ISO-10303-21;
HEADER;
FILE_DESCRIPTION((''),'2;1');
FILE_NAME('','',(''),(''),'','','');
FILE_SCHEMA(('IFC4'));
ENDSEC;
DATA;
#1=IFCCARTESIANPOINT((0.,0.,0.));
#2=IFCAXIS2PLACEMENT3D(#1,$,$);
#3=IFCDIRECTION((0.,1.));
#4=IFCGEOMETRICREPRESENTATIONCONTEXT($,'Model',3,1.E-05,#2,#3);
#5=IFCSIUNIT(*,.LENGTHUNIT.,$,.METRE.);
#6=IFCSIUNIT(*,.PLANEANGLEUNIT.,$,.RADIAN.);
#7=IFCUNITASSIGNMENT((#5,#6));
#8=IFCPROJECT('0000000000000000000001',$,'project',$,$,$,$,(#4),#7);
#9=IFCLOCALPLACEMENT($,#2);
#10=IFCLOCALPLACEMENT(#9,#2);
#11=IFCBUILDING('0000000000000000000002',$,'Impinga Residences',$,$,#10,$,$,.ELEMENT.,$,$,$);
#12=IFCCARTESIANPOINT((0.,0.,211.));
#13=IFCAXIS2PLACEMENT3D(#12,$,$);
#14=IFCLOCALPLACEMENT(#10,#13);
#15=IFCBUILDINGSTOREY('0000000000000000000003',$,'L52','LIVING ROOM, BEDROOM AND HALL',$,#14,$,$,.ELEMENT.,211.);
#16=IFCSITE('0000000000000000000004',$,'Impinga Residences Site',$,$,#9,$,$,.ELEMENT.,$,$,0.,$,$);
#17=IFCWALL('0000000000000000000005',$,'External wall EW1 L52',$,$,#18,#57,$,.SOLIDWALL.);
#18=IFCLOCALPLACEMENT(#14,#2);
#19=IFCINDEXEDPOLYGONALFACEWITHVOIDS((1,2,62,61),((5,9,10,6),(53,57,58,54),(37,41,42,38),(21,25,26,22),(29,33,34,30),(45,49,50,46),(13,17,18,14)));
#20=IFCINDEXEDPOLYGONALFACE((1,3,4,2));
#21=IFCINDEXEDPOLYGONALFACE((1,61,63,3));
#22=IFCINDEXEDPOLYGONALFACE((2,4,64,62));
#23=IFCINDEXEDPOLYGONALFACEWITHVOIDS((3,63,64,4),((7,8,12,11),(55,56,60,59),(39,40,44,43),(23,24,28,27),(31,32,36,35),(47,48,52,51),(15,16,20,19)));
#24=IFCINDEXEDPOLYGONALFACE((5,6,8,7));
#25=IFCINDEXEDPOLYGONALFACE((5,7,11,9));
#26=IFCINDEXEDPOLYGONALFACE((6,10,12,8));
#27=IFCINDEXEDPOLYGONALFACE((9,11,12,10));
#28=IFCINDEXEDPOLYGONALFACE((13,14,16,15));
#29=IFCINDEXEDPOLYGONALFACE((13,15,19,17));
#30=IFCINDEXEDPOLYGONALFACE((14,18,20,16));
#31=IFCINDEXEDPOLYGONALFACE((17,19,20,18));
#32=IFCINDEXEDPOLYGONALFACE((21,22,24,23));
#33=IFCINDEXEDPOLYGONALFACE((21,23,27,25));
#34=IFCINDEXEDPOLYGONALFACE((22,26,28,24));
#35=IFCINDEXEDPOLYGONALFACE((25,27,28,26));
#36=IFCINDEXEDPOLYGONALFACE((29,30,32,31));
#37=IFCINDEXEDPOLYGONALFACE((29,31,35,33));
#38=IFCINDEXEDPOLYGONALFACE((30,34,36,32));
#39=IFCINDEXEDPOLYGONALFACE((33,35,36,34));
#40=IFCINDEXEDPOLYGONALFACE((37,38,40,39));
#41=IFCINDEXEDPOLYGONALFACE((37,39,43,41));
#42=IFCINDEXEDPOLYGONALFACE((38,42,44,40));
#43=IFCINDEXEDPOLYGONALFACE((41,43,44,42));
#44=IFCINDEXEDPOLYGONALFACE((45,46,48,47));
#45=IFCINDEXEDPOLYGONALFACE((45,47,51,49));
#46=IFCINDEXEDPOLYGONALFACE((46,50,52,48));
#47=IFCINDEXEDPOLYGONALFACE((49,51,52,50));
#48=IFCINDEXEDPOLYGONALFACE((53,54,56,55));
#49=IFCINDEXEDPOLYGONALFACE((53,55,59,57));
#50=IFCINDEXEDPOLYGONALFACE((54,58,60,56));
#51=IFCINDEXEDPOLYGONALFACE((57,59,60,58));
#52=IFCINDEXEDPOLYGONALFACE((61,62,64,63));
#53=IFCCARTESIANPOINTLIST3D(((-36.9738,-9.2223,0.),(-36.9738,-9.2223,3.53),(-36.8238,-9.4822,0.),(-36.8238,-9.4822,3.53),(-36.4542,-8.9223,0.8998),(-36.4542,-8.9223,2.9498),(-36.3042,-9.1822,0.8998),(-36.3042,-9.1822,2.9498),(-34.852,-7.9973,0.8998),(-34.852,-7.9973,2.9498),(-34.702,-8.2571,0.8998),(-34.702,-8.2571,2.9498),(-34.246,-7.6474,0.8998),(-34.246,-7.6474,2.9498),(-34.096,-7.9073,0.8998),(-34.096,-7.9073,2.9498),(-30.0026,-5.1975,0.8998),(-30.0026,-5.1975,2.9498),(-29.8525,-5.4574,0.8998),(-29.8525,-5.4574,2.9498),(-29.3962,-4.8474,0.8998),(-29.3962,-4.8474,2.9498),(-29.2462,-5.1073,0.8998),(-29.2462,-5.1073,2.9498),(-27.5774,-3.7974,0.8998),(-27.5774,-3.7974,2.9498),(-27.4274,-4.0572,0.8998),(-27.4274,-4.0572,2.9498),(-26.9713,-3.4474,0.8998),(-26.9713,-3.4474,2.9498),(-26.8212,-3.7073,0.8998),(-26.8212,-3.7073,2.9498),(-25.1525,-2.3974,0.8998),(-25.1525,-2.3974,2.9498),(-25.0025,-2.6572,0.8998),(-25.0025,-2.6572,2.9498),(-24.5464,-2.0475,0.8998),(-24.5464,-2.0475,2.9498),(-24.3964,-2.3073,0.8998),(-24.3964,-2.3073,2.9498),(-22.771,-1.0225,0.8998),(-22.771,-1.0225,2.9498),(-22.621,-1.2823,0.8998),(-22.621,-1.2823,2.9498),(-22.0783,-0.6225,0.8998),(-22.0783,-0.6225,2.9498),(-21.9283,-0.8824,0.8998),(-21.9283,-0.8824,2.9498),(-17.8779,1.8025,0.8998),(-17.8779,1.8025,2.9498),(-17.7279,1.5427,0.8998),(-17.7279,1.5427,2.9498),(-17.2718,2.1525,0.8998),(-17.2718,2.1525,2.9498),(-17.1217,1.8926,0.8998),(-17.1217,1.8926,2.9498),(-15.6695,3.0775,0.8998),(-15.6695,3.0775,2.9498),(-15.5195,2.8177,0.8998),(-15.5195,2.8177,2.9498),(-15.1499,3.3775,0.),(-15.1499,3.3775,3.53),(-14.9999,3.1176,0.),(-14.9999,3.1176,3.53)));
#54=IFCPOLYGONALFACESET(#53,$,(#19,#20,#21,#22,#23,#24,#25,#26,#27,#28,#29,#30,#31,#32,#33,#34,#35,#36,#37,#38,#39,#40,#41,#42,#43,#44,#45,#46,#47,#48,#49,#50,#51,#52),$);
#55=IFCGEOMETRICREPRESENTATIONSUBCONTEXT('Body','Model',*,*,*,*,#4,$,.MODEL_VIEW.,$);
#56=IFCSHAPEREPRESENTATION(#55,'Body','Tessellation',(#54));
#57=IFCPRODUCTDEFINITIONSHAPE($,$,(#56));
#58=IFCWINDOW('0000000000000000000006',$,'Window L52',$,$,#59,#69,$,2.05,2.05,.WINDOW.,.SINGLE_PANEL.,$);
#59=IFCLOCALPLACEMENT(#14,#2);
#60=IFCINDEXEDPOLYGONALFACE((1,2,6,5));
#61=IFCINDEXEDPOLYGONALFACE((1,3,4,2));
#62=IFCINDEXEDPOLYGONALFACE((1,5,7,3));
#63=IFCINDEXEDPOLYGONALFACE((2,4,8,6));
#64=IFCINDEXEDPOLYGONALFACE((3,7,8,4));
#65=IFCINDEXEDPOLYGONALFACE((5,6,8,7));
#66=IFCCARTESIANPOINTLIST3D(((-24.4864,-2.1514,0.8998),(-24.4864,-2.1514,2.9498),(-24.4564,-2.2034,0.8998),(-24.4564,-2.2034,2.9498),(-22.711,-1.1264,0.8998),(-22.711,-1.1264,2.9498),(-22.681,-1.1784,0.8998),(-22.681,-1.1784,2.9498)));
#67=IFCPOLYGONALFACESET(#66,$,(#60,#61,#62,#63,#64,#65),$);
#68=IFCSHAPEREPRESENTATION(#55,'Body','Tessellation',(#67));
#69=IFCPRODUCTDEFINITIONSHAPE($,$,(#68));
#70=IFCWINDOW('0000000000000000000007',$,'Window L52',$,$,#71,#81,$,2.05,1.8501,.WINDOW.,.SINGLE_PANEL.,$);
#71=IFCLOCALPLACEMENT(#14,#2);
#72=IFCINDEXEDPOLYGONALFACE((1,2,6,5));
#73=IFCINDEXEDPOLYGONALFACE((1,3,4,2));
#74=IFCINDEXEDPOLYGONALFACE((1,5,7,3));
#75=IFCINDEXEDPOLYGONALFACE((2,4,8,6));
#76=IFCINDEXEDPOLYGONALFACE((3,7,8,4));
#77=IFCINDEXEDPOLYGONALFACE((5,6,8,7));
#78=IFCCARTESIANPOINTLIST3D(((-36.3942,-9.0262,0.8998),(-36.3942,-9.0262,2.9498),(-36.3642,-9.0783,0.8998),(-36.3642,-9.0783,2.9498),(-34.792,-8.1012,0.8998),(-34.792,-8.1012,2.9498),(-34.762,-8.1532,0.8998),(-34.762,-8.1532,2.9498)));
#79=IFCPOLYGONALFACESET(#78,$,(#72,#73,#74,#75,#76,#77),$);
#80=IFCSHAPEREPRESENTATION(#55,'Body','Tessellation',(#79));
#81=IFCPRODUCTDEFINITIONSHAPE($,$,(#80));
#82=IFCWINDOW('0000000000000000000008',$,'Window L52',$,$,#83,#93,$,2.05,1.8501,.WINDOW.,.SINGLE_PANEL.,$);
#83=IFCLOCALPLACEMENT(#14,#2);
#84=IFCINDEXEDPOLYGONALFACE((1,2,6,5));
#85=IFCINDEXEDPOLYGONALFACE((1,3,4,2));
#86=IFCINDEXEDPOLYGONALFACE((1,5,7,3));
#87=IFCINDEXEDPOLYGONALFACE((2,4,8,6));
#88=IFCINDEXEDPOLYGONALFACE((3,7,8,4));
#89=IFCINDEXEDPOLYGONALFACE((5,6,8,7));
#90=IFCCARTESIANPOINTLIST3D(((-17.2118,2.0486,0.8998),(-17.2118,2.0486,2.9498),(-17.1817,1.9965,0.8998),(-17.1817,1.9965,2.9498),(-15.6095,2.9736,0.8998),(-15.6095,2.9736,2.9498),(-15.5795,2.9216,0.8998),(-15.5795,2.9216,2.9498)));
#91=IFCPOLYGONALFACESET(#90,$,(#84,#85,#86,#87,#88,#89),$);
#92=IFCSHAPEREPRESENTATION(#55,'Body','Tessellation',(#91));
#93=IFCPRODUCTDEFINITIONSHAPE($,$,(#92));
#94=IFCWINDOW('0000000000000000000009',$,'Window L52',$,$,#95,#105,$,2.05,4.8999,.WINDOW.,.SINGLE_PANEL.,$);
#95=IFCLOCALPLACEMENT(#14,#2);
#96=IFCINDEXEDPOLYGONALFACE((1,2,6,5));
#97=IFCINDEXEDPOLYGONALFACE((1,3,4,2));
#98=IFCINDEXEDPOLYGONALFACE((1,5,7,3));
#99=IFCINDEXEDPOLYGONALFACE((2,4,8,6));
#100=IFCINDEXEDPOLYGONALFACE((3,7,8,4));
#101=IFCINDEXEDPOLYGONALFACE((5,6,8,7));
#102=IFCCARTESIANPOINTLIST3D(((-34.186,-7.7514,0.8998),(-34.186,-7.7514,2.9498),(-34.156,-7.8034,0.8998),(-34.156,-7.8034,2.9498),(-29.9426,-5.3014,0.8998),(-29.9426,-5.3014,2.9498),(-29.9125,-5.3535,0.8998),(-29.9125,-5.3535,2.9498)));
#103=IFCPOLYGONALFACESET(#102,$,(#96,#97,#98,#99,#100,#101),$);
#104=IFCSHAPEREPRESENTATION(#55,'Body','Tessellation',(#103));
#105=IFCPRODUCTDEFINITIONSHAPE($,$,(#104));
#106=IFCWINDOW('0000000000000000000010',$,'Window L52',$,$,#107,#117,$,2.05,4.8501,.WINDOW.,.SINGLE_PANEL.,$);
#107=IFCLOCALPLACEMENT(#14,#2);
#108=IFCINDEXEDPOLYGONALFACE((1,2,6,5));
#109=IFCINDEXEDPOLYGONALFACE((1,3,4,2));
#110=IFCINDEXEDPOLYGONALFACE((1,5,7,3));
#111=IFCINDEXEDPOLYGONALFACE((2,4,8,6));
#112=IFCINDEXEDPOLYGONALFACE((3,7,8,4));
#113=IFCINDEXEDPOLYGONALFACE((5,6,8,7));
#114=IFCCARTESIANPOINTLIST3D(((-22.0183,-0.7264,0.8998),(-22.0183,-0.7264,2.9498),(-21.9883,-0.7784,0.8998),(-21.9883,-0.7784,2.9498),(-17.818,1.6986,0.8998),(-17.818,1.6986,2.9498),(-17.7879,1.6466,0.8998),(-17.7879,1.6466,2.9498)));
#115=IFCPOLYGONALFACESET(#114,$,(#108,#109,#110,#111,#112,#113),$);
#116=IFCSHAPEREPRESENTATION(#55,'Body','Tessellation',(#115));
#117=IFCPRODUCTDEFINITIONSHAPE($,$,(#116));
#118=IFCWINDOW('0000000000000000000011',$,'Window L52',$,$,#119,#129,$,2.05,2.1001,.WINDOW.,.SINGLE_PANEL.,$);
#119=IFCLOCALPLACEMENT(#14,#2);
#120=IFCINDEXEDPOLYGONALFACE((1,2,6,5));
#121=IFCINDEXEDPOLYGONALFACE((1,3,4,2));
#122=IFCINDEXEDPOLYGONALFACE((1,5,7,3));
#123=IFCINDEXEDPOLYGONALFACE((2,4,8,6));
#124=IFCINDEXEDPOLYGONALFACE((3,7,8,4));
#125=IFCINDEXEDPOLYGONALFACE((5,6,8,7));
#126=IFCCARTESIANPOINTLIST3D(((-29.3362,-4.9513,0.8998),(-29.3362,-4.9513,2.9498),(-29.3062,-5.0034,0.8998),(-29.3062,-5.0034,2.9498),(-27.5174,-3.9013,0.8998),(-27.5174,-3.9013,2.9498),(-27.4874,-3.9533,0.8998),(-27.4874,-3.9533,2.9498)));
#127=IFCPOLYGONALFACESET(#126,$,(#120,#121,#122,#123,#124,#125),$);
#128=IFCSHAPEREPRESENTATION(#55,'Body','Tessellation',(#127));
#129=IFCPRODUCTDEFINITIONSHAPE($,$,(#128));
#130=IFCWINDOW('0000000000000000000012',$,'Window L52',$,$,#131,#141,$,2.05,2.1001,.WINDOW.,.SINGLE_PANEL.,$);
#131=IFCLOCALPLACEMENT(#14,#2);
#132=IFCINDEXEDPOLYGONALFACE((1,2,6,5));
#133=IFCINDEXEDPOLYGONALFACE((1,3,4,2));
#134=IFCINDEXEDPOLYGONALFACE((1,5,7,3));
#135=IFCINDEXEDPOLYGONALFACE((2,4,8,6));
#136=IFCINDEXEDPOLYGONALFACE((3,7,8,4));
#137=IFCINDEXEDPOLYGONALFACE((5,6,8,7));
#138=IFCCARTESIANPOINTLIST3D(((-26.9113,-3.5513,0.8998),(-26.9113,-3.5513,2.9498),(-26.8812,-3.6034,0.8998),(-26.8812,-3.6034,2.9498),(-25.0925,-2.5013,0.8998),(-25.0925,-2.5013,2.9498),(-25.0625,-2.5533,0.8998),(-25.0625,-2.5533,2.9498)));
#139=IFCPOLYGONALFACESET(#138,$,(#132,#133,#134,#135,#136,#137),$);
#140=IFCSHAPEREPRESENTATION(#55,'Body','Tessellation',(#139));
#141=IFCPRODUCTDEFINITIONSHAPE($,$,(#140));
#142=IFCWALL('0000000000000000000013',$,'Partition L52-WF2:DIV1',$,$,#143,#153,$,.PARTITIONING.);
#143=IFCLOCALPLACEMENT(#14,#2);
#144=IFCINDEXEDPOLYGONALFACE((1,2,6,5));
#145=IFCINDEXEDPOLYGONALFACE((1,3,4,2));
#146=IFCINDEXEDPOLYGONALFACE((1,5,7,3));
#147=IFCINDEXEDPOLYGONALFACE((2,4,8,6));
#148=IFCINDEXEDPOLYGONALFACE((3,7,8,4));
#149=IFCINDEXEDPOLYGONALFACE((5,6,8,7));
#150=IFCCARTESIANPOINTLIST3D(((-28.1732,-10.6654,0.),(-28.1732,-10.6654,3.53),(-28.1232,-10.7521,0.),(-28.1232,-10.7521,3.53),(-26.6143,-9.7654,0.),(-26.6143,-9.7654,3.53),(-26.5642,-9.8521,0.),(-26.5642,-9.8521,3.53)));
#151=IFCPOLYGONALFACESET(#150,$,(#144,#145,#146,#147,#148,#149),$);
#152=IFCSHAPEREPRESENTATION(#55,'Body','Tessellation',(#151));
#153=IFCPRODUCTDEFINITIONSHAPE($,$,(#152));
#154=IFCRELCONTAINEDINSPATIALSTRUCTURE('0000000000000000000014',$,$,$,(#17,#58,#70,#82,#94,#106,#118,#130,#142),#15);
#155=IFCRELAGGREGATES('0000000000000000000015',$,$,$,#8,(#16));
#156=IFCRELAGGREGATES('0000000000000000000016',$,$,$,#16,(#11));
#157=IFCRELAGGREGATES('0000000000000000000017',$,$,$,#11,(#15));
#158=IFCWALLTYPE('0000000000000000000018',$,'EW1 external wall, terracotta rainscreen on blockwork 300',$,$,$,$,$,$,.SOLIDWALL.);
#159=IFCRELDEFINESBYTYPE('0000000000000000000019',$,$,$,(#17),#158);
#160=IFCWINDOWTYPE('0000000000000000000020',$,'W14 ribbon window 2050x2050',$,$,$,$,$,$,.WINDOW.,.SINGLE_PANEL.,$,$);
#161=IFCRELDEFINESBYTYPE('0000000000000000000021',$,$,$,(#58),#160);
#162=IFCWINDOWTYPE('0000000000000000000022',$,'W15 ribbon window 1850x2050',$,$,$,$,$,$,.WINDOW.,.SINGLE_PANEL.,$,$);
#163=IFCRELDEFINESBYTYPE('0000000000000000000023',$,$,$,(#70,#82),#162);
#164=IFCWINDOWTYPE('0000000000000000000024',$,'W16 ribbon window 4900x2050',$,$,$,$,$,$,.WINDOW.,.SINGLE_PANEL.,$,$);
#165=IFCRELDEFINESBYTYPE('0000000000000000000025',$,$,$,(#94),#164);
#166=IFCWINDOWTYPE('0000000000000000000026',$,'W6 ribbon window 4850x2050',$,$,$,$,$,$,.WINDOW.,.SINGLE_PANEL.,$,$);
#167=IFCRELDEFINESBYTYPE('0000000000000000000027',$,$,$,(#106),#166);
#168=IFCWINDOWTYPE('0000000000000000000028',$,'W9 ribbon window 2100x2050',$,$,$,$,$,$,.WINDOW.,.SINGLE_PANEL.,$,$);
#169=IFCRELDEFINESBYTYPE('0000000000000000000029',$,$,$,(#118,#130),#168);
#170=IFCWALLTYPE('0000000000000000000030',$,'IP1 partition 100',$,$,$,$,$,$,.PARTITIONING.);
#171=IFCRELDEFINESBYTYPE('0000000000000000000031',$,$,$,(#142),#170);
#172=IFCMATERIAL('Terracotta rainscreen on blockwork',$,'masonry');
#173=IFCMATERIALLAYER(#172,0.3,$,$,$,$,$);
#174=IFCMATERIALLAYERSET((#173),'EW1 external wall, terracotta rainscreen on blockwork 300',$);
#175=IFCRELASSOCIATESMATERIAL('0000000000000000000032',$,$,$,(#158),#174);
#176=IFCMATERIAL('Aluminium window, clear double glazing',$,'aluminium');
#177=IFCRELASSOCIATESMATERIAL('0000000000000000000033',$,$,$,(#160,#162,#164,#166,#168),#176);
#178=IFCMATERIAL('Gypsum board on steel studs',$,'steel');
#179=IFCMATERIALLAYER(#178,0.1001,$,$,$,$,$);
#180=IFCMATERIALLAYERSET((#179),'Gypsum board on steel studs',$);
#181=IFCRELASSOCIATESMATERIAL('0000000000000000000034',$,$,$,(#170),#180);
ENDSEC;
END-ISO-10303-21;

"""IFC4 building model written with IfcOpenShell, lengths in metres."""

from ifc_helpers import new_model, si_unit, direction, frame, frame_2d, origin, place, context, subcontext, project, spatial, rectangle, extrude, material, layer, layer_set, type_object, element, fill, save


model = new_model("IFC4")

# Units and contexts
model_context = context("Model", 3, precision=1e-05, world=origin(), true_north=direction((0.0, 1.0)))
body_context = subcontext(model_context, "Body", "Model", "MODEL_VIEW")
ifc_project = project(units=[si_unit("LENGTHUNIT", "METRE"), si_unit("PLANEANGLEUNIT", "RADIAN")], contexts=[model_context])

# Site, building, storey
site_placement = place(None, origin())
site = spatial("IfcSite", under=ifc_project, at=site_placement, Name="Impinga Residences Site", CompositionType="ELEMENT", RefElevation=0.0)
building_placement = place(site_placement, origin())
building = spatial("IfcBuilding", under=site, at=building_placement, Name="Impinga Residences", CompositionType="ELEMENT")
storey_placement = place(building_placement, frame((0.0, 0.0, 211.0)))
storey = spatial("IfcBuildingStorey", under=building, at=storey_placement, Name="L52", Description="LIVING ROOM, BEDROOM AND HALL", CompositionType="ELEMENT", Elevation=211.0)

# Shared definitions
ifc_material_1 = material(Name="Terracotta rainscreen on blockwork", Category="masonry")
ifc_layer_1 = layer(ifc_material_1, 0.3)
ifc_layer_set_1 = layer_set([ifc_layer_1], Name="EW1 external wall, terracotta rainscreen on blockwork 300")
wall_type_1 = type_object("IfcWallType", Name="EW1 external wall, terracotta rainscreen on blockwork 300", PredefinedType="SOLIDWALL", material=ifc_layer_set_1)

# Wall, openings, windows
wall_1_placement = place(storey_placement, frame((-36.8989, -9.3523, 0.0), z_axis=(0.0, 0.0, 1.0), x_axis=(0.866029, 0.499993, 0.0)))
wall_1 = element("IfcWall", 1, at=wall_1_placement, inside=storey, type_object=wall_type_1, Name="External wall EW1 L52", PredefinedType="SOLIDWALL", context=body_context, shape_type="SweptSolid", body=[
    extrude(rectangle(XDim=25.2, YDim=0.3, at=frame_2d((12.6001, 0.0))), origin(), (0.0, 0.0, 1.0), 3.53),
])
opening_1_placement = place(wall_1_placement, frame((0.6001, 0.0, 0.8999)))
opening_1 = element("IfcOpeningElement", 2, at=opening_1_placement, cuts=wall_1, PredefinedType="OPENING", context=body_context, shape_type="SweptSolid", body=[
    extrude(rectangle(XDim=1.8501, YDim=2.05, at=frame_2d((0.925, 1.0249))), frame((0.0, 0.1599, 0.0), z_axis=(0.0, -1.0, 0.0), x_axis=(1.0, 0.0, 0.0)), (0.0, 0.0, 1.0), 0.3201),
])
opening_2_placement = place(wall_1_placement, frame((3.1499, 0.0, 0.8999)))
opening_2 = element("IfcOpeningElement", 3, at=opening_2_placement, cuts=wall_1, PredefinedType="OPENING", context=body_context, shape_type="SweptSolid", body=[
    extrude(rectangle(XDim=4.8999, YDim=2.05, at=frame_2d((2.45, 1.0249))), frame((0.0, 0.1599, 0.0), z_axis=(0.0, -1.0, 0.0), x_axis=(1.0, 0.0, 0.0)), (0.0, 0.0, 1.0), 0.3201),
])
opening_3_placement = place(wall_1_placement, frame((8.75, 0.0, 0.8999)))
opening_3 = element("IfcOpeningElement", 4, at=opening_3_placement, cuts=wall_1, PredefinedType="OPENING", context=body_context, shape_type="SweptSolid", body=[
    extrude(rectangle(XDim=2.1001, YDim=2.05, at=frame_2d((1.05, 1.0249))), frame((0.0, 0.1599, 0.0), z_axis=(0.0, -1.0, 0.0), x_axis=(1.0, 0.0, 0.0)), (0.0, 0.0, 1.0), 0.3201),
])
opening_4_placement = place(wall_1_placement, frame((11.55, 0.0, 0.8999)))
opening_4 = element("IfcOpeningElement", 5, at=opening_4_placement, cuts=wall_1, PredefinedType="OPENING", context=body_context, shape_type="SweptSolid", body=[
    extrude(rectangle(XDim=2.1001, YDim=2.05, at=frame_2d((1.05, 1.0249))), frame((0.0, 0.1599, 0.0), z_axis=(0.0, -1.0, 0.0), x_axis=(1.0, 0.0, 0.0)), (0.0, 0.0, 1.0), 0.3201),
])
opening_5_placement = place(wall_1_placement, frame((14.3501, 0.0, 0.8999)))
opening_5 = element("IfcOpeningElement", 6, at=opening_5_placement, cuts=wall_1, PredefinedType="OPENING", context=body_context, shape_type="SweptSolid", body=[
    extrude(rectangle(XDim=2.05, YDim=2.05, at=frame_2d((1.0249, 1.0249))), frame((0.0, 0.1599, 0.0), z_axis=(0.0, -1.0, 0.0), x_axis=(1.0, 0.0, 0.0)), (0.0, 0.0, 1.0), 0.3201),
])
opening_6_placement = place(wall_1_placement, frame((17.2, 0.0, 0.8999)))
opening_6 = element("IfcOpeningElement", 7, at=opening_6_placement, cuts=wall_1, PredefinedType="OPENING", context=body_context, shape_type="SweptSolid", body=[
    extrude(rectangle(XDim=4.8501, YDim=2.05, at=frame_2d((2.425, 1.0249))), frame((0.0, 0.1599, 0.0), z_axis=(0.0, -1.0, 0.0), x_axis=(1.0, 0.0, 0.0)), (0.0, 0.0, 1.0), 0.3201),
])
opening_7_placement = place(wall_1_placement, frame((22.75, 0.0, 0.8999)))
opening_7 = element("IfcOpeningElement", 8, at=opening_7_placement, cuts=wall_1, PredefinedType="OPENING", context=body_context, shape_type="SweptSolid", body=[
    extrude(rectangle(XDim=1.8501, YDim=2.05, at=frame_2d((0.925, 1.0249))), frame((0.0, 0.1599, 0.0), z_axis=(0.0, -1.0, 0.0), x_axis=(1.0, 0.0, 0.0)), (0.0, 0.0, 1.0), 0.3201),
])
ifc_material_2 = material(Name="Aluminium window, clear double glazing", Category="aluminium")
window_type_1 = type_object("IfcWindowType", Name="W14 ribbon window 2050x2050", PartitioningType="SINGLE_PANEL", PredefinedType="WINDOW", material=ifc_material_2)
window_1_placement = place(opening_5_placement, origin())
window_1 = element("IfcWindow", 9, at=window_1_placement, inside=storey, type_object=window_type_1, Name="Window L52", OverallHeight=2.05, OverallWidth=2.05, PartitioningType="SINGLE_PANEL", PredefinedType="WINDOW", context=body_context, shape_type="SweptSolid", body=[
    extrude(rectangle(XDim=2.05, YDim=2.05, at=frame_2d((1.0249, 1.0249))), frame((0.0, 0.03, 0.0), z_axis=(0.0, -1.0, 0.0), x_axis=(1.0, 0.0, 0.0)), (0.0, 0.0, 1.0), 0.0601),
])
fill(opening_5, window_1)
window_type_2 = type_object("IfcWindowType", Name="W15 ribbon window 1850x2050", PartitioningType="SINGLE_PANEL", PredefinedType="WINDOW", material=ifc_material_2)
window_2_placement = place(opening_1_placement, origin())
window_2 = element("IfcWindow", 10, at=window_2_placement, inside=storey, type_object=window_type_2, Name="Window L52", OverallHeight=2.05, OverallWidth=1.8501, PartitioningType="SINGLE_PANEL", PredefinedType="WINDOW", context=body_context, shape_type="SweptSolid", body=[
    extrude(rectangle(XDim=1.8501, YDim=2.05, at=frame_2d((0.925, 1.0249))), frame((0.0, 0.03, 0.0), z_axis=(0.0, -1.0, 0.0), x_axis=(1.0, 0.0, 0.0)), (0.0, 0.0, 1.0), 0.0601),
])
fill(opening_1, window_2)
window_3_placement = place(opening_7_placement, origin())
window_3 = element("IfcWindow", 11, at=window_3_placement, inside=storey, type_object=window_type_2, Name="Window L52", OverallHeight=2.05, OverallWidth=1.8501, PartitioningType="SINGLE_PANEL", PredefinedType="WINDOW", context=body_context, shape_type="SweptSolid", body=[
    extrude(rectangle(XDim=1.8501, YDim=2.05, at=frame_2d((0.925, 1.0249))), frame((0.0, 0.03, 0.0), z_axis=(0.0, -1.0, 0.0), x_axis=(1.0, 0.0, 0.0)), (0.0, 0.0, 1.0), 0.0601),
])
fill(opening_7, window_3)
window_type_3 = type_object("IfcWindowType", Name="W16 ribbon window 4900x2050", PartitioningType="SINGLE_PANEL", PredefinedType="WINDOW", material=ifc_material_2)
window_4_placement = place(opening_2_placement, origin())
window_4 = element("IfcWindow", 12, at=window_4_placement, inside=storey, type_object=window_type_3, Name="Window L52", OverallHeight=2.05, OverallWidth=4.8999, PartitioningType="SINGLE_PANEL", PredefinedType="WINDOW", context=body_context, shape_type="SweptSolid", body=[
    extrude(rectangle(XDim=4.8999, YDim=2.05, at=frame_2d((2.45, 1.0249))), frame((0.0, 0.03, 0.0), z_axis=(0.0, -1.0, 0.0), x_axis=(1.0, 0.0, 0.0)), (0.0, 0.0, 1.0), 0.0601),
])
fill(opening_2, window_4)
window_type_4 = type_object("IfcWindowType", Name="W6 ribbon window 4850x2050", PartitioningType="SINGLE_PANEL", PredefinedType="WINDOW", material=ifc_material_2)
window_5_placement = place(opening_6_placement, origin())
window_5 = element("IfcWindow", 13, at=window_5_placement, inside=storey, type_object=window_type_4, Name="Window L52", OverallHeight=2.05, OverallWidth=4.8501, PartitioningType="SINGLE_PANEL", PredefinedType="WINDOW", context=body_context, shape_type="SweptSolid", body=[
    extrude(rectangle(XDim=4.8501, YDim=2.05, at=frame_2d((2.425, 1.0249))), frame((0.0, 0.03, 0.0), z_axis=(0.0, -1.0, 0.0), x_axis=(1.0, 0.0, 0.0)), (0.0, 0.0, 1.0), 0.0601),
])
fill(opening_6, window_5)
window_type_5 = type_object("IfcWindowType", Name="W9 ribbon window 2100x2050", PartitioningType="SINGLE_PANEL", PredefinedType="WINDOW", material=ifc_material_2)
window_6_placement = place(opening_3_placement, origin())
window_6 = element("IfcWindow", 14, at=window_6_placement, inside=storey, type_object=window_type_5, Name="Window L52", OverallHeight=2.05, OverallWidth=2.1001, PartitioningType="SINGLE_PANEL", PredefinedType="WINDOW", context=body_context, shape_type="SweptSolid", body=[
    extrude(rectangle(XDim=2.1001, YDim=2.05, at=frame_2d((1.05, 1.0249))), frame((0.0, 0.03, 0.0), z_axis=(0.0, -1.0, 0.0), x_axis=(1.0, 0.0, 0.0)), (0.0, 0.0, 1.0), 0.0601),
])
fill(opening_3, window_6)
window_7_placement = place(opening_4_placement, origin())
window_7 = element("IfcWindow", 15, at=window_7_placement, inside=storey, type_object=window_type_5, Name="Window L52", OverallHeight=2.05, OverallWidth=2.1001, PartitioningType="SINGLE_PANEL", PredefinedType="WINDOW", context=body_context, shape_type="SweptSolid", body=[
    extrude(rectangle(XDim=2.1001, YDim=2.05, at=frame_2d((1.05, 1.0249))), frame((0.0, 0.03, 0.0), z_axis=(0.0, -1.0, 0.0), x_axis=(1.0, 0.0, 0.0)), (0.0, 0.0, 1.0), 0.0601),
])
fill(opening_4, window_7)

# Wall
ifc_material_3 = material(Name="Gypsum board on steel studs", Category="steel")
ifc_layer_2 = layer(ifc_material_3, 0.1001)
ifc_layer_set_2 = layer_set([ifc_layer_2], Name="Gypsum board on steel studs")
wall_type_2 = type_object("IfcWallType", Name="IP1 partition 100", PredefinedType="PARTITIONING", material=ifc_layer_set_2)
wall_2_placement = place(storey_placement, frame((-26.5894, -9.8088, 0.0), z_axis=(0.0, 0.0, 1.0), x_axis=(-0.866048, -0.499961, 0.0)))
element("IfcWall", 16, at=wall_2_placement, inside=storey, type_object=wall_type_2, Name="Partition L52-WF2:DIV1", PredefinedType="PARTITIONING", context=body_context, shape_type="SweptSolid", body=[
    extrude(rectangle(XDim=1.8, YDim=0.1001, at=frame_2d((0.8999, 0.0))), origin(), (0.0, 0.0, 1.0), 3.53),
])

save(model, "model.ifc")
